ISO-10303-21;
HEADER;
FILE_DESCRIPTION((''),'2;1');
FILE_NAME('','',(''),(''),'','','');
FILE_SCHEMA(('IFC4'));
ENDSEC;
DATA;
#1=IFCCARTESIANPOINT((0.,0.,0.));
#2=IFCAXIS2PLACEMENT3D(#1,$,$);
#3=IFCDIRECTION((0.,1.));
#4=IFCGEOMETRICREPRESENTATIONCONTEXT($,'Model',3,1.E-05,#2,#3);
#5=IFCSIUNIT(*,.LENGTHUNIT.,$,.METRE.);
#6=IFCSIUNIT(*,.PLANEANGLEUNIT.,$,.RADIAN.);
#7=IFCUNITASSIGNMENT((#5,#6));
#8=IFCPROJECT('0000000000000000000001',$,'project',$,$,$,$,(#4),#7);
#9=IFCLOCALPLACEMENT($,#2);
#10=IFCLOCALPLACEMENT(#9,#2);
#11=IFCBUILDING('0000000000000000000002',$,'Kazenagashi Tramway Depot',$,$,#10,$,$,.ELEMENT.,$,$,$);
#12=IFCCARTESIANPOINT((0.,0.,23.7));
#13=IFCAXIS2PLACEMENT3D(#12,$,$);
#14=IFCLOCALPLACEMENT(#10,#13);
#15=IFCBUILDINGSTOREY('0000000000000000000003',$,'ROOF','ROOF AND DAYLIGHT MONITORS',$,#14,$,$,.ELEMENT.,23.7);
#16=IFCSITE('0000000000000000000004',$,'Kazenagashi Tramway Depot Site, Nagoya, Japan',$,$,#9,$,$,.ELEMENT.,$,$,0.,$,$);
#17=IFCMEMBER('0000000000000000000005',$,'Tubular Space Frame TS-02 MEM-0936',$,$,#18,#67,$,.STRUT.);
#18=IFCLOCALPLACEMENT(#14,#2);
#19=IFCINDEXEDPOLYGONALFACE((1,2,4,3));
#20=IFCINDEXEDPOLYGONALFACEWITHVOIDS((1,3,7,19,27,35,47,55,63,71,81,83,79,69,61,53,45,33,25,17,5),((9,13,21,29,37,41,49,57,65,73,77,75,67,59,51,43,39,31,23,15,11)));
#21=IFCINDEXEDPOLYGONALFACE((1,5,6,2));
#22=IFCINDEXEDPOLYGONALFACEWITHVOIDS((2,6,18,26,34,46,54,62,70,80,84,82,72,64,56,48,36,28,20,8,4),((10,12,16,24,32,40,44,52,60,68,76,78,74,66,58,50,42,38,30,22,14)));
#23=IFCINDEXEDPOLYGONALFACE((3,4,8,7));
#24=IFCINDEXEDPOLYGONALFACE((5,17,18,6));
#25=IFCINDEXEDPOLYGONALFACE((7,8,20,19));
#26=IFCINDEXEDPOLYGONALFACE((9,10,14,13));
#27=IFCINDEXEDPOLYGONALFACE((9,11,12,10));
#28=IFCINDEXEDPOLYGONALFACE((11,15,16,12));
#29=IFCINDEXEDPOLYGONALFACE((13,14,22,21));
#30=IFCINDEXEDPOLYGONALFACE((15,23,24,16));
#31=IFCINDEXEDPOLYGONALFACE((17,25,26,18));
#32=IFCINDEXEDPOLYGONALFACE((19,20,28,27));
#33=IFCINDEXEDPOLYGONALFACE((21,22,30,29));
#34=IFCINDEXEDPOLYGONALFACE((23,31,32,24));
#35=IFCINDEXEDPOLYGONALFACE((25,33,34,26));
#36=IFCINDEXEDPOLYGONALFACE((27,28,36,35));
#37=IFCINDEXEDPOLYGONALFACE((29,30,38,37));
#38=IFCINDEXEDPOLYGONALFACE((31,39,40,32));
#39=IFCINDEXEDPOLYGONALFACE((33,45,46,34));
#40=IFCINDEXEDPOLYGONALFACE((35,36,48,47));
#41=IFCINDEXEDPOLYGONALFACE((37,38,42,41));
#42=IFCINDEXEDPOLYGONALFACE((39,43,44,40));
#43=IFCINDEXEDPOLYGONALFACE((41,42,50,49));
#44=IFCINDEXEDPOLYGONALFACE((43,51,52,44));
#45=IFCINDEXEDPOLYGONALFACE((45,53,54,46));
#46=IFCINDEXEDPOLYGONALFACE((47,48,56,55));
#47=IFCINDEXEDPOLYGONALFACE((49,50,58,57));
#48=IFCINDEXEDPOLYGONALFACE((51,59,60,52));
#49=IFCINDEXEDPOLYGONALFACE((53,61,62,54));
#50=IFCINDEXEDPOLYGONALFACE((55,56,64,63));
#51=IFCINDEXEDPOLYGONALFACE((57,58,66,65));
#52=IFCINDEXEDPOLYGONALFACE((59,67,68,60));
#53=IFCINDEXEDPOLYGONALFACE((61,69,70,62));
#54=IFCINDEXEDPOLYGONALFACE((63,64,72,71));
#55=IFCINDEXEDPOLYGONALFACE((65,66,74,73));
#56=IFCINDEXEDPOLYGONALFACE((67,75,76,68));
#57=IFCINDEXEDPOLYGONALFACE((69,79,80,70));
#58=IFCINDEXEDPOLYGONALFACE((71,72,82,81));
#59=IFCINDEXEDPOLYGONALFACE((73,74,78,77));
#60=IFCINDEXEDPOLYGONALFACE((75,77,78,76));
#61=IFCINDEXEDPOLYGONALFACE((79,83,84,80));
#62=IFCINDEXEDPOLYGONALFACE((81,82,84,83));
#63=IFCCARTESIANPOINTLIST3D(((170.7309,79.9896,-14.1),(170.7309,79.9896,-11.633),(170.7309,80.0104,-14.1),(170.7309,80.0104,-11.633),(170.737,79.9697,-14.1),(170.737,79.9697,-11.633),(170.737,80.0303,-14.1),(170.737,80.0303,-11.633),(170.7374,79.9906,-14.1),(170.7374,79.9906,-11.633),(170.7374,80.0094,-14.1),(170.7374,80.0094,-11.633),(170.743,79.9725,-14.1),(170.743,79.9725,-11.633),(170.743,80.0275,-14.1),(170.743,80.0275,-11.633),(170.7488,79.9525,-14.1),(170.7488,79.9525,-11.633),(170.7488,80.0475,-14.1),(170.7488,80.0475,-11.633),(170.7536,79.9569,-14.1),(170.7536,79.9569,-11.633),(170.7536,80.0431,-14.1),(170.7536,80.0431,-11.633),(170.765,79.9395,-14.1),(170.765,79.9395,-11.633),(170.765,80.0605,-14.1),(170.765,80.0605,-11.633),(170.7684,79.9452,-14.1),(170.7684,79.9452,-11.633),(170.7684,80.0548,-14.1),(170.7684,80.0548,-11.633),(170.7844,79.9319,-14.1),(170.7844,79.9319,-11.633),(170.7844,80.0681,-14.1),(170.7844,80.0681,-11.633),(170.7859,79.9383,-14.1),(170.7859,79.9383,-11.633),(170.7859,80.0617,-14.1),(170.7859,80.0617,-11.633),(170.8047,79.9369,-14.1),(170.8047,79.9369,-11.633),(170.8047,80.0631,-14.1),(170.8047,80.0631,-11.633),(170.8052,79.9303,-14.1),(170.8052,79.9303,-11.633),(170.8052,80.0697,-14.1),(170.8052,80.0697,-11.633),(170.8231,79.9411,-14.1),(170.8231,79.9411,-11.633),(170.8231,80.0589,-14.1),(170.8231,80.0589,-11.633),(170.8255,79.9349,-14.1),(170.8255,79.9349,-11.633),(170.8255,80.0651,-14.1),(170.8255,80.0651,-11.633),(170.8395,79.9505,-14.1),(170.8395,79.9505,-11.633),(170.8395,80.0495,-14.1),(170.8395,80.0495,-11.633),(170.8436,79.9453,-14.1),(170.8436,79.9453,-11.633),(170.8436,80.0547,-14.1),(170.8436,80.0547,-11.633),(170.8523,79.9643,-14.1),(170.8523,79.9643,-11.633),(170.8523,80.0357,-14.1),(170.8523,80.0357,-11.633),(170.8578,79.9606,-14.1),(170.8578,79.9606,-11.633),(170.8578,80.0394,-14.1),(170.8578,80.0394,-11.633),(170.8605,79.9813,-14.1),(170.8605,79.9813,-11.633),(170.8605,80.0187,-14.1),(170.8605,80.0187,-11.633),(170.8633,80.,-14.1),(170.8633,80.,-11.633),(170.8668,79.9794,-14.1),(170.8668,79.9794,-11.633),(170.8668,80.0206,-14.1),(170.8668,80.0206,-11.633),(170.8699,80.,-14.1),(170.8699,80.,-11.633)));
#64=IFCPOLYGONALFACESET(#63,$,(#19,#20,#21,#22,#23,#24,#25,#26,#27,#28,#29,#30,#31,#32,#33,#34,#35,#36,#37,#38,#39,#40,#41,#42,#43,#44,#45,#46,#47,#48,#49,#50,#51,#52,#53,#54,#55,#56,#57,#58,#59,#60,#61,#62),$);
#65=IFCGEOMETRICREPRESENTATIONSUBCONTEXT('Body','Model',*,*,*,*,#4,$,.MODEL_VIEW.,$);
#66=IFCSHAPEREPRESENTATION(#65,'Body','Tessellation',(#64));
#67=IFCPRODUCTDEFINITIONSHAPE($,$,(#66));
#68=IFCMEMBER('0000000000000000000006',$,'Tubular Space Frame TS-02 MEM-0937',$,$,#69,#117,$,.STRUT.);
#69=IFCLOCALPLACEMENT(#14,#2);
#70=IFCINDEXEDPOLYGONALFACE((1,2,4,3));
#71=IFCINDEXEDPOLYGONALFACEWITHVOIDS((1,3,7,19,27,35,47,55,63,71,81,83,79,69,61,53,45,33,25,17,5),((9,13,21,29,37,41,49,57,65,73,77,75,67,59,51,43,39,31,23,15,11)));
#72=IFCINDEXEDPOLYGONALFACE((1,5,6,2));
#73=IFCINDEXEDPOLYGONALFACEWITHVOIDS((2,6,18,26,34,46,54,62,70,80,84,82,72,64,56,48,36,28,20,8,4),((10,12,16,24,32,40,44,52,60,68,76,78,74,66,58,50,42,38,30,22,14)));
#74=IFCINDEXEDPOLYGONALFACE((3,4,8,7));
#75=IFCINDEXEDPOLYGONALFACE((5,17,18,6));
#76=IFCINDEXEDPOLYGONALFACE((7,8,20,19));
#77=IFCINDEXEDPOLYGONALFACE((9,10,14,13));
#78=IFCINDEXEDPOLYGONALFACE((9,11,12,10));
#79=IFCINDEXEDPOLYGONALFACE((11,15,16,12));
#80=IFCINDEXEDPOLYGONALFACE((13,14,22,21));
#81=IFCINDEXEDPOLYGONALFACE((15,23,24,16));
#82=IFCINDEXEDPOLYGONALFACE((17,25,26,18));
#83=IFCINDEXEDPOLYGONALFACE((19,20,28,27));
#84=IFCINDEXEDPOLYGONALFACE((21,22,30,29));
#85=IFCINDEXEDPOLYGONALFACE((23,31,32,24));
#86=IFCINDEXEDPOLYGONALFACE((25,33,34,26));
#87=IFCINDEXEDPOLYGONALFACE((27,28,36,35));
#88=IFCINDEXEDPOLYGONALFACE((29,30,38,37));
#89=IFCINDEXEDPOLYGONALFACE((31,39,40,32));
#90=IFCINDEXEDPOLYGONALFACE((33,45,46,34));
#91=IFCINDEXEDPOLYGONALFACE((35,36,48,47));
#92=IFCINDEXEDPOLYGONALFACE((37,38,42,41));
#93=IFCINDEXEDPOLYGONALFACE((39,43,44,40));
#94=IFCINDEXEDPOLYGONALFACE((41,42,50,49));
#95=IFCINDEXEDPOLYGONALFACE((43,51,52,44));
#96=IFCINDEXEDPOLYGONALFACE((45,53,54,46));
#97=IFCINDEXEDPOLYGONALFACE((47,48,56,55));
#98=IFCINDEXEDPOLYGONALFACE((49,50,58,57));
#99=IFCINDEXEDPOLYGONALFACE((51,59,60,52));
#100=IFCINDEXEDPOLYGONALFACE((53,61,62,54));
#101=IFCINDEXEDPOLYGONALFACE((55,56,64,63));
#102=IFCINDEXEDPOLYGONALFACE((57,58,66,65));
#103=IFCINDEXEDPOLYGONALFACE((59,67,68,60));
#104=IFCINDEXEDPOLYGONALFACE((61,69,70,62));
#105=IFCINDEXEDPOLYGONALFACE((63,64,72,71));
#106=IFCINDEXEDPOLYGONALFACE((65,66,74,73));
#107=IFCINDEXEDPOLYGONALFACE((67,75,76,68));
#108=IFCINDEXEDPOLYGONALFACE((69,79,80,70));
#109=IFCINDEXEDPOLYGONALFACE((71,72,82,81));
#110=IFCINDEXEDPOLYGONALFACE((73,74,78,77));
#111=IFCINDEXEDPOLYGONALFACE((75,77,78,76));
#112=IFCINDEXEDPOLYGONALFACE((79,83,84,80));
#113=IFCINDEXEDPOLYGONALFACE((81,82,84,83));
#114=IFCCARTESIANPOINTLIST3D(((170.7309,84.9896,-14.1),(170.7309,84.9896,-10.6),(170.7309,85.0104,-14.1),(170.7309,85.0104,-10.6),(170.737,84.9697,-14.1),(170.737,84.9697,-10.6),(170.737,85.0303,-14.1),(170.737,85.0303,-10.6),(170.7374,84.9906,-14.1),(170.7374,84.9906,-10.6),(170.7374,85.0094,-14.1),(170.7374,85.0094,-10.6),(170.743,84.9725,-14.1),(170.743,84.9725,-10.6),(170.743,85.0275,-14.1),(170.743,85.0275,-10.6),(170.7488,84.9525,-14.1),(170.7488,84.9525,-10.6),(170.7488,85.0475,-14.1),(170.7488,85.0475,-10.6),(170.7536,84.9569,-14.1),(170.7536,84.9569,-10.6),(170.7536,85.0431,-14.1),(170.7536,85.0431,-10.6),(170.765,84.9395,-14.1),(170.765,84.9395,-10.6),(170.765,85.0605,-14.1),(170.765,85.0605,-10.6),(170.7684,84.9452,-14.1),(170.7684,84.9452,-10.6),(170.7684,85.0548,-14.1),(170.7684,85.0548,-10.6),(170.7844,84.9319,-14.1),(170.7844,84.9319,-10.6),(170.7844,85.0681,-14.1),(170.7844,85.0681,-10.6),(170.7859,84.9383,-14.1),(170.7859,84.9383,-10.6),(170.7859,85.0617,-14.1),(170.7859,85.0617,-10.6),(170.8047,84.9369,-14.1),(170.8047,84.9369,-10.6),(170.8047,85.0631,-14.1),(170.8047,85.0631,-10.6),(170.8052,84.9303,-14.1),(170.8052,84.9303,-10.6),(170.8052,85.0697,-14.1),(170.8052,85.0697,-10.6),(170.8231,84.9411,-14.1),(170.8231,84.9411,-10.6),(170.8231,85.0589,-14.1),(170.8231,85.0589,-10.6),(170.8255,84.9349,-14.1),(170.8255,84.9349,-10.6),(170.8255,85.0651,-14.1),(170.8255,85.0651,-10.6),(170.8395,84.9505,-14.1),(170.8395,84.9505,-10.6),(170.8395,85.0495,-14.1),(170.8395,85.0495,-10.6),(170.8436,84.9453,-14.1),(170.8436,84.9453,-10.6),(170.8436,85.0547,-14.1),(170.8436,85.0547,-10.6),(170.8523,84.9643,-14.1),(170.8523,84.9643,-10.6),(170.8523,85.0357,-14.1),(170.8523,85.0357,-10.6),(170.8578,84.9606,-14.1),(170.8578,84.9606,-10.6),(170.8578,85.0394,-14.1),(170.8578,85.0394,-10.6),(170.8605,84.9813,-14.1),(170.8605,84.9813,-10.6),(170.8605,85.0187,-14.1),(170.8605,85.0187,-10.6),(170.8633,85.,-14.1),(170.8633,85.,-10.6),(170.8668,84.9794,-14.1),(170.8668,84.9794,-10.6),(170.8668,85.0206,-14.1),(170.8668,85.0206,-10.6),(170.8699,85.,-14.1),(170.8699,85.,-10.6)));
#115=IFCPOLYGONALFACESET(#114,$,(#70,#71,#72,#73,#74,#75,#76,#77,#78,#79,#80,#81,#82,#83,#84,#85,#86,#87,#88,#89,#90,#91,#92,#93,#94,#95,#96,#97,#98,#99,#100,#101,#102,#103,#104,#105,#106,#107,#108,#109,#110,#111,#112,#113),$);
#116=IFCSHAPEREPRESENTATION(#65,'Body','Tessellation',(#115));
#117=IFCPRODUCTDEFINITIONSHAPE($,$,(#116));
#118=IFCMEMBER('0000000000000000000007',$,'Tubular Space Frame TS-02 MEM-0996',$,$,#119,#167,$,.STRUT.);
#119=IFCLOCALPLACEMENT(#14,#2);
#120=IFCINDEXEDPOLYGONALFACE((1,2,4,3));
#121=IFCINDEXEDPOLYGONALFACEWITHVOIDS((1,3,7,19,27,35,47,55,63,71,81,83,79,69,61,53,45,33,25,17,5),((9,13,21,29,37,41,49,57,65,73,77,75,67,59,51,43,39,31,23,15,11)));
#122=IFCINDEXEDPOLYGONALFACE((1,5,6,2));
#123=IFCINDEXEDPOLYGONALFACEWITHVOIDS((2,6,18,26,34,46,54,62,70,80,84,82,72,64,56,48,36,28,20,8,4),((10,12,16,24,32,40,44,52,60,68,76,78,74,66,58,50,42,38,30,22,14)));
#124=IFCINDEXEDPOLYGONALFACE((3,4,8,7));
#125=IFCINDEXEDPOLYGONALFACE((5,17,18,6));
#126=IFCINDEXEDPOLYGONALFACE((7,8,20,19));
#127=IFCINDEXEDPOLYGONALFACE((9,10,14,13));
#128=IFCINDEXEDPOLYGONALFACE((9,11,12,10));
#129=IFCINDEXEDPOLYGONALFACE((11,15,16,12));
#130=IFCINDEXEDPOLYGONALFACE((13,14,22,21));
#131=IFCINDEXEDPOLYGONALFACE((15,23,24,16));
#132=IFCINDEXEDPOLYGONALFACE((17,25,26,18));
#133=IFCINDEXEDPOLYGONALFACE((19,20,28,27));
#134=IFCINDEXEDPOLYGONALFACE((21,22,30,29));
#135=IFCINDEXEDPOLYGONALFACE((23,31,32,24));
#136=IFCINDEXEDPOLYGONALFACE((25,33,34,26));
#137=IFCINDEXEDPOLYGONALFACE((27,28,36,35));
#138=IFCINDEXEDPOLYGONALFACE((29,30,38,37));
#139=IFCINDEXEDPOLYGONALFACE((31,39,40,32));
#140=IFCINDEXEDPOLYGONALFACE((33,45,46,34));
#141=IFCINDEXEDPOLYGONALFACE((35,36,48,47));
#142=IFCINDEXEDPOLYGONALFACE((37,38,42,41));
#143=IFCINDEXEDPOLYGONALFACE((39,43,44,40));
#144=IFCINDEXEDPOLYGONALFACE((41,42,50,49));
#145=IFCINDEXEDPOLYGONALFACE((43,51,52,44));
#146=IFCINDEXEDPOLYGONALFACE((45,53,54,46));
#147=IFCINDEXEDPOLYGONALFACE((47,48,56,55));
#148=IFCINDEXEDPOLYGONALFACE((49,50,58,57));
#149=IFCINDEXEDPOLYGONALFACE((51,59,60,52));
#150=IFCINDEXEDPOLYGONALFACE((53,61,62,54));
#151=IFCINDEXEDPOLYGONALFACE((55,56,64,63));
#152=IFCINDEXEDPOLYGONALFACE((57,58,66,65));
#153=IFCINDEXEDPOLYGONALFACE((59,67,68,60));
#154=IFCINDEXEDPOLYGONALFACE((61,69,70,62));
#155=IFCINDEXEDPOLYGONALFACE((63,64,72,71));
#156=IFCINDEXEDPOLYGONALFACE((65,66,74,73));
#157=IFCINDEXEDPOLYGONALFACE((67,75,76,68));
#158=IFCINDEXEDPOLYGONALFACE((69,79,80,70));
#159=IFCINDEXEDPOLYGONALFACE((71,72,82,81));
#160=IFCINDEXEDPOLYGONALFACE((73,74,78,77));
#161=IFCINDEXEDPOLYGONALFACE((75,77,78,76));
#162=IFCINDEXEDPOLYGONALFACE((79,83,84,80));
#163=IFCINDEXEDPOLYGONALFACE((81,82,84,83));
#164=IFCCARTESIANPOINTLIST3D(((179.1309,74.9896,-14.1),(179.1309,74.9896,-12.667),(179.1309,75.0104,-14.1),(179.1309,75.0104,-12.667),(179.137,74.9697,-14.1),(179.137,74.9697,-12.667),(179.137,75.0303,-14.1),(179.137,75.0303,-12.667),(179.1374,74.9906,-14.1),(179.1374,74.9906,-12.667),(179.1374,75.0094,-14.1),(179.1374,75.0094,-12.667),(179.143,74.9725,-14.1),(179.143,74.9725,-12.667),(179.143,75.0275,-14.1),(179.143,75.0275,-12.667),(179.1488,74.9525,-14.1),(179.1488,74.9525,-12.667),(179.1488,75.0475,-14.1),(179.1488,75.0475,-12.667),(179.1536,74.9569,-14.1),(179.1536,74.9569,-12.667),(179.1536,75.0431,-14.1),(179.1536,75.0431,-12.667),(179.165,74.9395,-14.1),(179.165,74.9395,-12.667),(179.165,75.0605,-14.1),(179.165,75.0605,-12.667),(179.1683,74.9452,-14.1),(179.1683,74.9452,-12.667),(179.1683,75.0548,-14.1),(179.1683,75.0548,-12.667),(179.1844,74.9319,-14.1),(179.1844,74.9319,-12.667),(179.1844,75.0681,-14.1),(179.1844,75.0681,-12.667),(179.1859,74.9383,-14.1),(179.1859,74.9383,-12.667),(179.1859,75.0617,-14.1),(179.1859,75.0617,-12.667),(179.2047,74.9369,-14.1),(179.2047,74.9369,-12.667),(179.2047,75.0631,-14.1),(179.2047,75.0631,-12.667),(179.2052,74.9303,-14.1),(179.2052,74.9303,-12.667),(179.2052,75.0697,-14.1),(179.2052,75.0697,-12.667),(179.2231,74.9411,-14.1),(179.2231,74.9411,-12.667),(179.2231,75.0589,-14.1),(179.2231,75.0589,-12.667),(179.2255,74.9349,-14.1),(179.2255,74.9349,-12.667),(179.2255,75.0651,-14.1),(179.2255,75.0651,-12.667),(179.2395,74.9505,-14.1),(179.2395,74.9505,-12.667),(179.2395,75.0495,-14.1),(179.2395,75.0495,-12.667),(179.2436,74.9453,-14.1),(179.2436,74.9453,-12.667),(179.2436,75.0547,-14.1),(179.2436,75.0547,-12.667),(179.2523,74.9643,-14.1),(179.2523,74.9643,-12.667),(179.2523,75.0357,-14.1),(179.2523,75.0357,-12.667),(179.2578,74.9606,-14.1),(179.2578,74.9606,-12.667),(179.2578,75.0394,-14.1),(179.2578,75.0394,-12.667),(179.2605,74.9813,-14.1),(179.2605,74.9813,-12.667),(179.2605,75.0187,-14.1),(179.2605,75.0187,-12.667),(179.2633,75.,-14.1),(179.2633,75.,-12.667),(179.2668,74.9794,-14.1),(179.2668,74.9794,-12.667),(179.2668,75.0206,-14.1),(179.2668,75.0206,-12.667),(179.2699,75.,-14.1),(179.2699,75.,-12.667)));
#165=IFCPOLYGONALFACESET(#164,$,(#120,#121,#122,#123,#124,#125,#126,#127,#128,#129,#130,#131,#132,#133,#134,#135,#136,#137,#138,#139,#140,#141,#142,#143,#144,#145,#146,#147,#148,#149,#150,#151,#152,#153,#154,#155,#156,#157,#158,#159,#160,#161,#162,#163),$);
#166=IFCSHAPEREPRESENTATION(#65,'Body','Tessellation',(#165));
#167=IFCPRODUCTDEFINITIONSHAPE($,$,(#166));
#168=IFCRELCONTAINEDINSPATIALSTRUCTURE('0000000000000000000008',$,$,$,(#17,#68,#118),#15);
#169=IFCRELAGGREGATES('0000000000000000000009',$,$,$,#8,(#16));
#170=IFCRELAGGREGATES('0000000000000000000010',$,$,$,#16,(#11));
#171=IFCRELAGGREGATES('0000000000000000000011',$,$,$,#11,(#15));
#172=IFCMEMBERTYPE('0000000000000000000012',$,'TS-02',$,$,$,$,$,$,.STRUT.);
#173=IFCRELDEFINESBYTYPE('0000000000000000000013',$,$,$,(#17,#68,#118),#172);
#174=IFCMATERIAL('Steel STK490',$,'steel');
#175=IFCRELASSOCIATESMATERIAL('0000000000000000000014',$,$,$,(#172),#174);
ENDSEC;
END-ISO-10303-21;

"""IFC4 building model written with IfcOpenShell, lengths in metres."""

from ifc_helpers import new_model, si_unit, direction, frame, origin, origin_2d, place, context, subcontext, project, spatial, hollow_circle, extrude, material, material_profile, profile_set, type_object, element, save


model = new_model("IFC4")

# Units and contexts
model_context = context("Model", 3, precision=1e-05, world=origin(), true_north=direction((0.0, 1.0)))
body_context = subcontext(model_context, "Body", "Model", "MODEL_VIEW")
ifc_project = project(units=[si_unit("LENGTHUNIT", "METRE"), si_unit("PLANEANGLEUNIT", "RADIAN")], contexts=[model_context])

# Site, building, storey
site_placement = place(None, origin())
site = spatial("IfcSite", under=ifc_project, at=site_placement, Name="Kazenagashi Tramway Depot Site, Nagoya, Japan", CompositionType="ELEMENT", RefElevation=0.0)
building_placement = place(site_placement, origin())
building = spatial("IfcBuilding", under=site, at=building_placement, Name="Kazenagashi Tramway Depot", CompositionType="ELEMENT")
storey_placement = place(building_placement, frame((0.0, 0.0, 23.7)))
storey = spatial("IfcBuildingStorey", under=building, at=storey_placement, Name="ROOF", Description="ROOF AND DAYLIGHT MONITORS", CompositionType="ELEMENT", Elevation=23.7)

# Members
ifc_material_1 = material(Name="Steel STK490", Category="steel")
ifc_material_profile_1 = material_profile(ifc_material_1, hollow_circle(Radius=0.0699, WallThickness=0.0066, at=origin_2d()), Name="CHS-139.8x6.6")
ifc_profile_set_1 = profile_set([ifc_material_profile_1], Name="Steel STK490")
member_type_1 = type_object("IfcMemberType", Name="TS-02", PredefinedType="STRUT", material=ifc_profile_set_1)
member_1_placement = place(storey_placement, frame((170.8, 80.0, -14.1), z_axis=(0.0, 0.0, 1.0), x_axis=(1.0, 0.0, 0.0)))
element("IfcMember", 1, at=member_1_placement, inside=storey, type_object=member_type_1, Name="Tubular Space Frame TS-02 MEM-0936", PredefinedType="STRUT", context=body_context, shape_type="SweptSolid", body=[
    extrude(hollow_circle(Radius=0.0699, WallThickness=0.0066, at=origin_2d()), origin(), (0.0, 0.0, 1.0), 2.467),
])
member_2_placement = place(storey_placement, frame((170.8, 85.0, -14.1), z_axis=(0.0, 0.0, 1.0), x_axis=(1.0, 0.0, 0.0)))
element("IfcMember", 2, at=member_2_placement, inside=storey, type_object=member_type_1, Name="Tubular Space Frame TS-02 MEM-0937", PredefinedType="STRUT", context=body_context, shape_type="SweptSolid", body=[
    extrude(hollow_circle(Radius=0.0699, WallThickness=0.0066, at=origin_2d()), origin(), (0.0, 0.0, 1.0), 3.5),
])
member_3_placement = place(storey_placement, frame((179.2, 75.0, -14.1), z_axis=(0.0, 0.0, 1.0), x_axis=(1.0, 0.0, 0.0)))
element("IfcMember", 3, at=member_3_placement, inside=storey, type_object=member_type_1, Name="Tubular Space Frame TS-02 MEM-0996", PredefinedType="STRUT", context=body_context, shape_type="SweptSolid", body=[
    extrude(hollow_circle(Radius=0.0699, WallThickness=0.0066, at=origin_2d()), origin(), (0.0, 0.0, 1.0), 1.433),
])

save(model, "model.ifc")
